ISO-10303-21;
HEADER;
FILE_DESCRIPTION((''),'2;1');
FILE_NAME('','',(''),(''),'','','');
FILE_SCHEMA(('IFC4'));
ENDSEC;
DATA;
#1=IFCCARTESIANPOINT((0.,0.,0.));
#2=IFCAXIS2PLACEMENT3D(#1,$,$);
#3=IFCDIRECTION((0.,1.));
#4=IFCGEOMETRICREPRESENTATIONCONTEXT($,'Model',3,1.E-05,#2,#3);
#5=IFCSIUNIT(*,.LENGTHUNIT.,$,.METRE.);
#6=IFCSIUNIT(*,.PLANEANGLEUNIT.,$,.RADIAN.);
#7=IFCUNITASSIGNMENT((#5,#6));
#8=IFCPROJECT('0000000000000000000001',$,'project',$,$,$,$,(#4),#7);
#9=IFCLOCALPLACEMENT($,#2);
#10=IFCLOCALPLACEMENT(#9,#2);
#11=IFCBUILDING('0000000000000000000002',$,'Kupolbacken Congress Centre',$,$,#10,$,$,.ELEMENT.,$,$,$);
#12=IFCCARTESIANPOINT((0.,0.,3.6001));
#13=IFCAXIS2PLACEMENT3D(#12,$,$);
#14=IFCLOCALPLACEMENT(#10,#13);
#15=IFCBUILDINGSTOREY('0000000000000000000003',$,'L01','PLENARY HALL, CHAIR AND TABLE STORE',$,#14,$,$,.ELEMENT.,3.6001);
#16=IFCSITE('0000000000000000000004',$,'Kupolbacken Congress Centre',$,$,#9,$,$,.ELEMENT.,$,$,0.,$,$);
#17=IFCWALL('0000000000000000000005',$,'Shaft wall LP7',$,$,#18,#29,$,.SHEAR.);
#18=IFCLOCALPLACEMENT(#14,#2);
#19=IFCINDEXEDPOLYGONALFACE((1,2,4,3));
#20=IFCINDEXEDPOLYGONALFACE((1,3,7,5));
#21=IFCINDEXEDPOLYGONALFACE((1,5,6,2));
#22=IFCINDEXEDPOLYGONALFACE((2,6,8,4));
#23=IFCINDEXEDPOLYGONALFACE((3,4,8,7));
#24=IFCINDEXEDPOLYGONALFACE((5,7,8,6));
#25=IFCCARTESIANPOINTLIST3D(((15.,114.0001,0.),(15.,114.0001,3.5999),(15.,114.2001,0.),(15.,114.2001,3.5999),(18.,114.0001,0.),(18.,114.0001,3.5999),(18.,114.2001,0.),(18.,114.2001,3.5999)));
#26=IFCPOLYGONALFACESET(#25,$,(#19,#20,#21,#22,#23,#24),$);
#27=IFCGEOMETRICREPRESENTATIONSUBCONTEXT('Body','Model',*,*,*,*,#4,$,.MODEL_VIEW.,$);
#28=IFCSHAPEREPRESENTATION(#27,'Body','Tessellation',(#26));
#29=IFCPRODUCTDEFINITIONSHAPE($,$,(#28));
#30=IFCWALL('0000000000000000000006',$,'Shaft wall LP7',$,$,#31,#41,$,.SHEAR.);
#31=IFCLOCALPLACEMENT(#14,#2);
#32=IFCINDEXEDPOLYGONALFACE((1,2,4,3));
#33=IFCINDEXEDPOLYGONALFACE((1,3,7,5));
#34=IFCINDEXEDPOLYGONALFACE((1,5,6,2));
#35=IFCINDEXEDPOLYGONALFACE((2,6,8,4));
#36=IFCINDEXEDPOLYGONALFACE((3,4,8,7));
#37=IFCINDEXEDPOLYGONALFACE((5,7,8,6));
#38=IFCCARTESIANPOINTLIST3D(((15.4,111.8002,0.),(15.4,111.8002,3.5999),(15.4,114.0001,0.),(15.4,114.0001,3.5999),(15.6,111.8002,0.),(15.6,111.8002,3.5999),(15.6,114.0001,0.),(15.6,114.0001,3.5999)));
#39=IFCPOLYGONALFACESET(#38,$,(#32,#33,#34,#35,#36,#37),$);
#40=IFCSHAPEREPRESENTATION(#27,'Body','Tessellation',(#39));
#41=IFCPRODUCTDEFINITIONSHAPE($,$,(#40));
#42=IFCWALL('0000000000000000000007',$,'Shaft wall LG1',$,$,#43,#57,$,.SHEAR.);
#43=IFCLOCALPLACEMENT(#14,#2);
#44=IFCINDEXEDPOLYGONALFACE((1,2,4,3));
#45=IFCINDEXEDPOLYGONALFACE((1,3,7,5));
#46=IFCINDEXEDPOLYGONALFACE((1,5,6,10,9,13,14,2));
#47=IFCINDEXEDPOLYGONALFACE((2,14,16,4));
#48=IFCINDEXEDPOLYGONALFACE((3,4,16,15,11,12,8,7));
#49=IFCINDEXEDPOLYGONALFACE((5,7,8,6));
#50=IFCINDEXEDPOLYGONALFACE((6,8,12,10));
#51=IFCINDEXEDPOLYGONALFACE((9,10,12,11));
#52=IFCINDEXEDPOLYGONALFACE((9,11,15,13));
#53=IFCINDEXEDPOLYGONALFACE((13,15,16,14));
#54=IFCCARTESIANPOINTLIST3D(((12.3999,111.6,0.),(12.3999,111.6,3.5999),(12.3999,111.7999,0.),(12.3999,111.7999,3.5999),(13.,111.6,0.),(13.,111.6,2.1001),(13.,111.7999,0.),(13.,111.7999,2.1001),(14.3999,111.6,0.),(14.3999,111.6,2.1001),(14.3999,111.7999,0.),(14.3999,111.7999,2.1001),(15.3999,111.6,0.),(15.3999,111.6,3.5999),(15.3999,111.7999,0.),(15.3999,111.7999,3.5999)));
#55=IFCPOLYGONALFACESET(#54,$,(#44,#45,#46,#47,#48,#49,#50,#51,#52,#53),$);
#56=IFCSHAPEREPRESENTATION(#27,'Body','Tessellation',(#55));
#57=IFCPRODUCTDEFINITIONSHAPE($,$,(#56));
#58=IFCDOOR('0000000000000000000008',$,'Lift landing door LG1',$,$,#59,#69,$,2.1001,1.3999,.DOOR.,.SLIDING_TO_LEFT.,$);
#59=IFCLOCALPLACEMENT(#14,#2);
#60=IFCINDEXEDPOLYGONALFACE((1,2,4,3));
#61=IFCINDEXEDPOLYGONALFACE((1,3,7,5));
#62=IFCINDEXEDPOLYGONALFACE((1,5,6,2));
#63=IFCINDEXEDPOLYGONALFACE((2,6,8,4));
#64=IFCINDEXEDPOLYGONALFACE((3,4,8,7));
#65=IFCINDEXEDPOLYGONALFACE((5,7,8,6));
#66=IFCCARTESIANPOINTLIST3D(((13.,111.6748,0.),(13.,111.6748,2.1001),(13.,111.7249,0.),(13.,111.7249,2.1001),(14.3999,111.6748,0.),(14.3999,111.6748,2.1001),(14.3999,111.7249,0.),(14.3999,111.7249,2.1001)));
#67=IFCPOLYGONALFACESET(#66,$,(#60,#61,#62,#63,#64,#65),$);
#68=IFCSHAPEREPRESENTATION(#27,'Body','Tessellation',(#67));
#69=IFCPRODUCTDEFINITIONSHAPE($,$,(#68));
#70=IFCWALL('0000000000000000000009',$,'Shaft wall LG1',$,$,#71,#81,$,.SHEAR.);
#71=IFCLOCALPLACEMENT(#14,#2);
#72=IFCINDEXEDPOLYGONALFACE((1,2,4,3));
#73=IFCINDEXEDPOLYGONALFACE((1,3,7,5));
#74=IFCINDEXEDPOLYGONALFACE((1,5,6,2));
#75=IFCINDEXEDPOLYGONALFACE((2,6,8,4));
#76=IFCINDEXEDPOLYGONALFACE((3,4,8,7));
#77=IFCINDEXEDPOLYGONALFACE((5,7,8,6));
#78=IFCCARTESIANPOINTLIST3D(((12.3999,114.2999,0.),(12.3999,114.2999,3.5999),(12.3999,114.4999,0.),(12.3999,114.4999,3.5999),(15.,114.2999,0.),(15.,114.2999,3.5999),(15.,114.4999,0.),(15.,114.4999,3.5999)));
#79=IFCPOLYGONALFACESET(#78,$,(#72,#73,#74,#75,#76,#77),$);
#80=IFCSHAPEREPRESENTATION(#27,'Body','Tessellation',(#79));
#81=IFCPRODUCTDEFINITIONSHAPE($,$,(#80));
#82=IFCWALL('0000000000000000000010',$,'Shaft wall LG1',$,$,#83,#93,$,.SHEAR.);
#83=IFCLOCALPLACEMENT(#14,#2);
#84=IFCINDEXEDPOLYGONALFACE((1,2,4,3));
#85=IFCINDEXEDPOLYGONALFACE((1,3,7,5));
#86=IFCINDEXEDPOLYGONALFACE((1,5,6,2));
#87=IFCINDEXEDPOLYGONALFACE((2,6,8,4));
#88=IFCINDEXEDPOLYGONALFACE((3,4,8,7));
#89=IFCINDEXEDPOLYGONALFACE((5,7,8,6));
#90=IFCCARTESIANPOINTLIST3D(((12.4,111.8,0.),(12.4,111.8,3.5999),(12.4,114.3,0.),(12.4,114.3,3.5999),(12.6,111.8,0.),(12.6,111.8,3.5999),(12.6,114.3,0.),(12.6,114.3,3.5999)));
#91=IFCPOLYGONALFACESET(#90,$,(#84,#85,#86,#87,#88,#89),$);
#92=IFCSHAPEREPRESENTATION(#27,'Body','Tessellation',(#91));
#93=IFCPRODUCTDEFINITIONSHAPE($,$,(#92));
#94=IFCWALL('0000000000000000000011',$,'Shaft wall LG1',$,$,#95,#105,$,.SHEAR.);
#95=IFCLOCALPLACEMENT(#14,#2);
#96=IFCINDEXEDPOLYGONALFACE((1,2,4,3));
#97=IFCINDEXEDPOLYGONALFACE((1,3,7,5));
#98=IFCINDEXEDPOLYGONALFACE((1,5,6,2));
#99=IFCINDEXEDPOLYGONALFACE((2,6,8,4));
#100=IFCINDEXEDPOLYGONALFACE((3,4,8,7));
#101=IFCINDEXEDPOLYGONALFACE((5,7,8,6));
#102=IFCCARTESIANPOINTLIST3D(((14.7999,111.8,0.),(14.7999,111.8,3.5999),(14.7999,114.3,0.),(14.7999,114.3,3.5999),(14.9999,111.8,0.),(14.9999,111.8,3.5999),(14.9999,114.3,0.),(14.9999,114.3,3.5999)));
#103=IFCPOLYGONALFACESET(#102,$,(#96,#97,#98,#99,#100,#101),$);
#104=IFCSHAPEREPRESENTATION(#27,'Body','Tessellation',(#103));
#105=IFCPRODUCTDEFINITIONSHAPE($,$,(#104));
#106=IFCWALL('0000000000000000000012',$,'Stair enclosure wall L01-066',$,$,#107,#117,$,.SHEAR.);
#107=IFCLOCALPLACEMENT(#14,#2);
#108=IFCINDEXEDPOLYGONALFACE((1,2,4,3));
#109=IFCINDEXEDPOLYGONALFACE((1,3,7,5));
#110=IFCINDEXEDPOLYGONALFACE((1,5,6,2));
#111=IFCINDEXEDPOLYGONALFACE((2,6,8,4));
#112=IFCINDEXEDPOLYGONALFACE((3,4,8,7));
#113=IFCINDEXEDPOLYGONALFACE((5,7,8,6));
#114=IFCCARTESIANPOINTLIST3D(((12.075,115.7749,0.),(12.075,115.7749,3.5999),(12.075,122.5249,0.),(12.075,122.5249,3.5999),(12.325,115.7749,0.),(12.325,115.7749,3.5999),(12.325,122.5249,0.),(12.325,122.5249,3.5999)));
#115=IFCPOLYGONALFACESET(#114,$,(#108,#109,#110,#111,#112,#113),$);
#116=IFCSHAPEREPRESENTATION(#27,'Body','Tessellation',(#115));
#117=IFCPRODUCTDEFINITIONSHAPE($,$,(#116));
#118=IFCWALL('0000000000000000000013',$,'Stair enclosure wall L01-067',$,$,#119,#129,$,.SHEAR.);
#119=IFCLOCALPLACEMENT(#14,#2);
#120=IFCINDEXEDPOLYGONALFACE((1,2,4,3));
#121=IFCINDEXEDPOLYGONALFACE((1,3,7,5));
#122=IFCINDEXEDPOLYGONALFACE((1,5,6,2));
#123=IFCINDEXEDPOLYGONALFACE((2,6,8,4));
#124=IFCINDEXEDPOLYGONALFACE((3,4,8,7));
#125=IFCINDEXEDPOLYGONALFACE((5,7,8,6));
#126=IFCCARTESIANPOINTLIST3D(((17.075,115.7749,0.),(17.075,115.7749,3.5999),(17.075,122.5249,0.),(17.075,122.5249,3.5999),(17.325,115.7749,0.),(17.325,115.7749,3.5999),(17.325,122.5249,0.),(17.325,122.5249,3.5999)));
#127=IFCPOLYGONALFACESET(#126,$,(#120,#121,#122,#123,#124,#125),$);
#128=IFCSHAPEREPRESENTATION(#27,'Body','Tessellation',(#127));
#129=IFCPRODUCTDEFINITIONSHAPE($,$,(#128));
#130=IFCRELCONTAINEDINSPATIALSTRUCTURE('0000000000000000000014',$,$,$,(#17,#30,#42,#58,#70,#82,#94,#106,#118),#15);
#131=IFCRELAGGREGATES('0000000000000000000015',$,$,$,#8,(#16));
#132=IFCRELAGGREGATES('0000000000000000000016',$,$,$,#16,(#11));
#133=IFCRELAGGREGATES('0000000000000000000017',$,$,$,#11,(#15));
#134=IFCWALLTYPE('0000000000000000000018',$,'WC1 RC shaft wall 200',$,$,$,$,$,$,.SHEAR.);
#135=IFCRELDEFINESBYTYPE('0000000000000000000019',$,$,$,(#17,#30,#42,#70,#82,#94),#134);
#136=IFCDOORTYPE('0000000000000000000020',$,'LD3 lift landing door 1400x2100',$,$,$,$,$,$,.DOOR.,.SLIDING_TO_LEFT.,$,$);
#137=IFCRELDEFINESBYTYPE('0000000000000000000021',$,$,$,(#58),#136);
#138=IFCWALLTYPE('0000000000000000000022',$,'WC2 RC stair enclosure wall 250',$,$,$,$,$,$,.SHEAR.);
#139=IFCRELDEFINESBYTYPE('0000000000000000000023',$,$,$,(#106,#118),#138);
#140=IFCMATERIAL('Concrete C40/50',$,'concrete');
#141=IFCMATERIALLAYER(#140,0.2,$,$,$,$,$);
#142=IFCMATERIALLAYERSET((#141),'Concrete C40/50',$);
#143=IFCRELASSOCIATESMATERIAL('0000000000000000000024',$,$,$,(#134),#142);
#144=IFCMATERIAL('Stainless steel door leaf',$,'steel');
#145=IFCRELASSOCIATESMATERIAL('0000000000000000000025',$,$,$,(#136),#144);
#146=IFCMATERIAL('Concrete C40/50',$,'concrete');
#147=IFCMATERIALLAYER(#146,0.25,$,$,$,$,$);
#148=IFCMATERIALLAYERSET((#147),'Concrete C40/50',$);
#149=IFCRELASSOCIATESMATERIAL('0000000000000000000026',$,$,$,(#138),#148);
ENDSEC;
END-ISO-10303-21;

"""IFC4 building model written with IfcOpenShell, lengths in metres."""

from ifc_helpers import new_model, si_unit, direction, frame, frame_2d, origin, place, context, subcontext, project, spatial, rectangle, extrude, material, layer, layer_set, type_object, element, fill, save


model = new_model("IFC4")

# Units and contexts
model_context = context("Model", 3, precision=1e-05, world=origin(), true_north=direction((0.0, 1.0)))
body_context = subcontext(model_context, "Body", "Model", "MODEL_VIEW")
ifc_project = project(units=[si_unit("LENGTHUNIT", "METRE"), si_unit("PLANEANGLEUNIT", "RADIAN")], contexts=[model_context])

# Site, building, storey
site_placement = place(None, origin())
site = spatial("IfcSite", under=ifc_project, at=site_placement, Name="Kupolbacken Congress Centre", CompositionType="ELEMENT", RefElevation=0.0)
building_placement = place(site_placement, origin())
building = spatial("IfcBuilding", under=site, at=building_placement, Name="Kupolbacken Congress Centre", CompositionType="ELEMENT")
storey_placement = place(building_placement, frame((0.0, 0.0, 3.6001)))
storey = spatial("IfcBuildingStorey", under=building, at=storey_placement, Name="L01", Description="PLENARY HALL, CHAIR AND TABLE STORE", CompositionType="ELEMENT", Elevation=3.6001)

# Shared definitions
ifc_material_1 = material(Name="Concrete C40/50", Category="concrete")
ifc_layer_1 = layer(ifc_material_1, 0.2)
ifc_layer_set_1 = layer_set([ifc_layer_1], Name="Concrete C40/50")
wall_type_1 = type_object("IfcWallType", Name="WC1 RC shaft wall 200", PredefinedType="SHEAR", material=ifc_layer_set_1)

# Walls
wall_1_placement = place(storey_placement, frame((15.0, 114.1001, 0.0), z_axis=(0.0, 0.0, 1.0), x_axis=(1.0, 0.0, 0.0)))
element("IfcWall", 1, at=wall_1_placement, inside=storey, type_object=wall_type_1, Name="Shaft wall LP7", PredefinedType="SHEAR", context=body_context, shape_type="SweptSolid", body=[
    extrude(rectangle(XDim=3.0, YDim=0.2, at=frame_2d((1.5, 0.0))), origin(), (0.0, 0.0, 1.0), 3.5999),
])
wall_2_placement = place(storey_placement, frame((15.5, 111.8, 0.0), z_axis=(0.0, 0.0, 1.0), x_axis=(0.0, 1.0, 0.0)))
element("IfcWall", 2, at=wall_2_placement, inside=storey, type_object=wall_type_1, Name="Shaft wall LP7", PredefinedType="SHEAR", context=body_context, shape_type="SweptSolid", body=[
    extrude(rectangle(XDim=2.2, YDim=0.2, at=frame_2d((1.1001, 0.0))), origin(), (0.0, 0.0, 1.0), 3.5999),
])

# Wall, opening, door
wall_3_placement = place(storey_placement, frame((12.3999, 111.7, 0.0), z_axis=(0.0, 0.0, 1.0), x_axis=(1.0, 0.0, 0.0)))
wall_3 = element("IfcWall", 3, at=wall_3_placement, inside=storey, type_object=wall_type_1, Name="Shaft wall LG1", PredefinedType="SHEAR", context=body_context, shape_type="SweptSolid", body=[
    extrude(rectangle(XDim=3.0, YDim=0.2, at=frame_2d((1.5, 0.0))), origin(), (0.0, 0.0, 1.0), 3.5999),
])
opening_1_placement = place(wall_3_placement, frame((0.6001, 0.0, 0.0)))
opening_1 = element("IfcOpeningElement", 4, at=opening_1_placement, cuts=wall_3, PredefinedType="OPENING", context=body_context, shape_type="SweptSolid", body=[
    extrude(rectangle(XDim=1.3999, YDim=2.1001, at=frame_2d((0.7, 1.05))), frame((0.0, 0.1099, 0.0), z_axis=(0.0, -1.0, 0.0), x_axis=(1.0, 0.0, 0.0)), (0.0, 0.0, 1.0), 0.22),
])
ifc_material_2 = material(Name="Stainless steel door leaf", Category="steel")
door_type_1 = type_object("IfcDoorType", Name="LD3 lift landing door 1400x2100", OperationType="SLIDING_TO_LEFT", PredefinedType="DOOR", material=ifc_material_2)
door_1_placement = place(opening_1_placement, origin())
door_1 = element("IfcDoor", 5, at=door_1_placement, inside=storey, type_object=door_type_1, Name="Lift landing door LG1", OperationType="SLIDING_TO_LEFT", OverallHeight=2.1001, OverallWidth=1.3999, PredefinedType="DOOR", context=body_context, shape_type="SweptSolid", body=[
    extrude(rectangle(XDim=1.3999, YDim=2.1001, at=frame_2d((0.7, 1.05))), frame((0.0, 0.0249, 0.0), z_axis=(0.0, -1.0, 0.0), x_axis=(1.0, 0.0, 0.0)), (0.0, 0.0, 1.0), 0.05),
])
fill(opening_1, door_1)

# Walls
wall_4_placement = place(storey_placement, frame((12.3999, 114.3999, 0.0), z_axis=(0.0, 0.0, 1.0), x_axis=(1.0, 0.0, 0.0)))
element("IfcWall", 6, at=wall_4_placement, inside=storey, type_object=wall_type_1, Name="Shaft wall LG1", PredefinedType="SHEAR", context=body_context, shape_type="SweptSolid", body=[
    extrude(rectangle(XDim=2.6001, YDim=0.2, at=frame_2d((1.3, 0.0))), origin(), (0.0, 0.0, 1.0), 3.5999),
])
for number, where, z_axis, x_axis, name in (
    (7, (12.5, 111.8, 0.0), (0.0, 0.0, 1.0), (0.0, 1.0, 0.0), "Shaft wall LG1"),
    (8, (14.8999, 111.8, 0.0), (0.0, 0.0, 1.0), (0.0, 1.0, 0.0), "Shaft wall LG1"),
):
    element("IfcWall", number, at=place(storey_placement, frame(where, z_axis=z_axis, x_axis=x_axis)), inside=storey, type_object=wall_type_1, Name=name, PredefinedType="SHEAR", context=body_context, shape_type="SweptSolid", body=[
        extrude(rectangle(XDim=2.5, YDim=0.2, at=frame_2d((1.25, 0.0))), origin(), (0.0, 0.0, 1.0), 3.5999),
    ])
ifc_material_3 = material(Name="Concrete C40/50", Category="concrete")
ifc_layer_2 = layer(ifc_material_3, 0.25)
ifc_layer_set_2 = layer_set([ifc_layer_2], Name="Concrete C40/50")
wall_type_2 = type_object("IfcWallType", Name="WC2 RC stair enclosure wall 250", PredefinedType="SHEAR", material=ifc_layer_set_2)
for number, where, z_axis, x_axis, name in (
    (9, (12.2, 115.7749, 0.0), (0.0, 0.0, 1.0), (0.0, 1.0, 0.0), "Stair enclosure wall L01-066"),
    (10, (17.2, 115.7749, 0.0), (0.0, 0.0, 1.0), (0.0, 1.0, 0.0), "Stair enclosure wall L01-067"),
):
    element("IfcWall", number, at=place(storey_placement, frame(where, z_axis=z_axis, x_axis=x_axis)), inside=storey, type_object=wall_type_2, Name=name, PredefinedType="SHEAR", context=body_context, shape_type="SweptSolid", body=[
        extrude(rectangle(XDim=6.75, YDim=0.25, at=frame_2d((3.375, 0.0))), origin(), (0.0, 0.0, 1.0), 3.5999),
    ])

save(model, "model.ifc")
